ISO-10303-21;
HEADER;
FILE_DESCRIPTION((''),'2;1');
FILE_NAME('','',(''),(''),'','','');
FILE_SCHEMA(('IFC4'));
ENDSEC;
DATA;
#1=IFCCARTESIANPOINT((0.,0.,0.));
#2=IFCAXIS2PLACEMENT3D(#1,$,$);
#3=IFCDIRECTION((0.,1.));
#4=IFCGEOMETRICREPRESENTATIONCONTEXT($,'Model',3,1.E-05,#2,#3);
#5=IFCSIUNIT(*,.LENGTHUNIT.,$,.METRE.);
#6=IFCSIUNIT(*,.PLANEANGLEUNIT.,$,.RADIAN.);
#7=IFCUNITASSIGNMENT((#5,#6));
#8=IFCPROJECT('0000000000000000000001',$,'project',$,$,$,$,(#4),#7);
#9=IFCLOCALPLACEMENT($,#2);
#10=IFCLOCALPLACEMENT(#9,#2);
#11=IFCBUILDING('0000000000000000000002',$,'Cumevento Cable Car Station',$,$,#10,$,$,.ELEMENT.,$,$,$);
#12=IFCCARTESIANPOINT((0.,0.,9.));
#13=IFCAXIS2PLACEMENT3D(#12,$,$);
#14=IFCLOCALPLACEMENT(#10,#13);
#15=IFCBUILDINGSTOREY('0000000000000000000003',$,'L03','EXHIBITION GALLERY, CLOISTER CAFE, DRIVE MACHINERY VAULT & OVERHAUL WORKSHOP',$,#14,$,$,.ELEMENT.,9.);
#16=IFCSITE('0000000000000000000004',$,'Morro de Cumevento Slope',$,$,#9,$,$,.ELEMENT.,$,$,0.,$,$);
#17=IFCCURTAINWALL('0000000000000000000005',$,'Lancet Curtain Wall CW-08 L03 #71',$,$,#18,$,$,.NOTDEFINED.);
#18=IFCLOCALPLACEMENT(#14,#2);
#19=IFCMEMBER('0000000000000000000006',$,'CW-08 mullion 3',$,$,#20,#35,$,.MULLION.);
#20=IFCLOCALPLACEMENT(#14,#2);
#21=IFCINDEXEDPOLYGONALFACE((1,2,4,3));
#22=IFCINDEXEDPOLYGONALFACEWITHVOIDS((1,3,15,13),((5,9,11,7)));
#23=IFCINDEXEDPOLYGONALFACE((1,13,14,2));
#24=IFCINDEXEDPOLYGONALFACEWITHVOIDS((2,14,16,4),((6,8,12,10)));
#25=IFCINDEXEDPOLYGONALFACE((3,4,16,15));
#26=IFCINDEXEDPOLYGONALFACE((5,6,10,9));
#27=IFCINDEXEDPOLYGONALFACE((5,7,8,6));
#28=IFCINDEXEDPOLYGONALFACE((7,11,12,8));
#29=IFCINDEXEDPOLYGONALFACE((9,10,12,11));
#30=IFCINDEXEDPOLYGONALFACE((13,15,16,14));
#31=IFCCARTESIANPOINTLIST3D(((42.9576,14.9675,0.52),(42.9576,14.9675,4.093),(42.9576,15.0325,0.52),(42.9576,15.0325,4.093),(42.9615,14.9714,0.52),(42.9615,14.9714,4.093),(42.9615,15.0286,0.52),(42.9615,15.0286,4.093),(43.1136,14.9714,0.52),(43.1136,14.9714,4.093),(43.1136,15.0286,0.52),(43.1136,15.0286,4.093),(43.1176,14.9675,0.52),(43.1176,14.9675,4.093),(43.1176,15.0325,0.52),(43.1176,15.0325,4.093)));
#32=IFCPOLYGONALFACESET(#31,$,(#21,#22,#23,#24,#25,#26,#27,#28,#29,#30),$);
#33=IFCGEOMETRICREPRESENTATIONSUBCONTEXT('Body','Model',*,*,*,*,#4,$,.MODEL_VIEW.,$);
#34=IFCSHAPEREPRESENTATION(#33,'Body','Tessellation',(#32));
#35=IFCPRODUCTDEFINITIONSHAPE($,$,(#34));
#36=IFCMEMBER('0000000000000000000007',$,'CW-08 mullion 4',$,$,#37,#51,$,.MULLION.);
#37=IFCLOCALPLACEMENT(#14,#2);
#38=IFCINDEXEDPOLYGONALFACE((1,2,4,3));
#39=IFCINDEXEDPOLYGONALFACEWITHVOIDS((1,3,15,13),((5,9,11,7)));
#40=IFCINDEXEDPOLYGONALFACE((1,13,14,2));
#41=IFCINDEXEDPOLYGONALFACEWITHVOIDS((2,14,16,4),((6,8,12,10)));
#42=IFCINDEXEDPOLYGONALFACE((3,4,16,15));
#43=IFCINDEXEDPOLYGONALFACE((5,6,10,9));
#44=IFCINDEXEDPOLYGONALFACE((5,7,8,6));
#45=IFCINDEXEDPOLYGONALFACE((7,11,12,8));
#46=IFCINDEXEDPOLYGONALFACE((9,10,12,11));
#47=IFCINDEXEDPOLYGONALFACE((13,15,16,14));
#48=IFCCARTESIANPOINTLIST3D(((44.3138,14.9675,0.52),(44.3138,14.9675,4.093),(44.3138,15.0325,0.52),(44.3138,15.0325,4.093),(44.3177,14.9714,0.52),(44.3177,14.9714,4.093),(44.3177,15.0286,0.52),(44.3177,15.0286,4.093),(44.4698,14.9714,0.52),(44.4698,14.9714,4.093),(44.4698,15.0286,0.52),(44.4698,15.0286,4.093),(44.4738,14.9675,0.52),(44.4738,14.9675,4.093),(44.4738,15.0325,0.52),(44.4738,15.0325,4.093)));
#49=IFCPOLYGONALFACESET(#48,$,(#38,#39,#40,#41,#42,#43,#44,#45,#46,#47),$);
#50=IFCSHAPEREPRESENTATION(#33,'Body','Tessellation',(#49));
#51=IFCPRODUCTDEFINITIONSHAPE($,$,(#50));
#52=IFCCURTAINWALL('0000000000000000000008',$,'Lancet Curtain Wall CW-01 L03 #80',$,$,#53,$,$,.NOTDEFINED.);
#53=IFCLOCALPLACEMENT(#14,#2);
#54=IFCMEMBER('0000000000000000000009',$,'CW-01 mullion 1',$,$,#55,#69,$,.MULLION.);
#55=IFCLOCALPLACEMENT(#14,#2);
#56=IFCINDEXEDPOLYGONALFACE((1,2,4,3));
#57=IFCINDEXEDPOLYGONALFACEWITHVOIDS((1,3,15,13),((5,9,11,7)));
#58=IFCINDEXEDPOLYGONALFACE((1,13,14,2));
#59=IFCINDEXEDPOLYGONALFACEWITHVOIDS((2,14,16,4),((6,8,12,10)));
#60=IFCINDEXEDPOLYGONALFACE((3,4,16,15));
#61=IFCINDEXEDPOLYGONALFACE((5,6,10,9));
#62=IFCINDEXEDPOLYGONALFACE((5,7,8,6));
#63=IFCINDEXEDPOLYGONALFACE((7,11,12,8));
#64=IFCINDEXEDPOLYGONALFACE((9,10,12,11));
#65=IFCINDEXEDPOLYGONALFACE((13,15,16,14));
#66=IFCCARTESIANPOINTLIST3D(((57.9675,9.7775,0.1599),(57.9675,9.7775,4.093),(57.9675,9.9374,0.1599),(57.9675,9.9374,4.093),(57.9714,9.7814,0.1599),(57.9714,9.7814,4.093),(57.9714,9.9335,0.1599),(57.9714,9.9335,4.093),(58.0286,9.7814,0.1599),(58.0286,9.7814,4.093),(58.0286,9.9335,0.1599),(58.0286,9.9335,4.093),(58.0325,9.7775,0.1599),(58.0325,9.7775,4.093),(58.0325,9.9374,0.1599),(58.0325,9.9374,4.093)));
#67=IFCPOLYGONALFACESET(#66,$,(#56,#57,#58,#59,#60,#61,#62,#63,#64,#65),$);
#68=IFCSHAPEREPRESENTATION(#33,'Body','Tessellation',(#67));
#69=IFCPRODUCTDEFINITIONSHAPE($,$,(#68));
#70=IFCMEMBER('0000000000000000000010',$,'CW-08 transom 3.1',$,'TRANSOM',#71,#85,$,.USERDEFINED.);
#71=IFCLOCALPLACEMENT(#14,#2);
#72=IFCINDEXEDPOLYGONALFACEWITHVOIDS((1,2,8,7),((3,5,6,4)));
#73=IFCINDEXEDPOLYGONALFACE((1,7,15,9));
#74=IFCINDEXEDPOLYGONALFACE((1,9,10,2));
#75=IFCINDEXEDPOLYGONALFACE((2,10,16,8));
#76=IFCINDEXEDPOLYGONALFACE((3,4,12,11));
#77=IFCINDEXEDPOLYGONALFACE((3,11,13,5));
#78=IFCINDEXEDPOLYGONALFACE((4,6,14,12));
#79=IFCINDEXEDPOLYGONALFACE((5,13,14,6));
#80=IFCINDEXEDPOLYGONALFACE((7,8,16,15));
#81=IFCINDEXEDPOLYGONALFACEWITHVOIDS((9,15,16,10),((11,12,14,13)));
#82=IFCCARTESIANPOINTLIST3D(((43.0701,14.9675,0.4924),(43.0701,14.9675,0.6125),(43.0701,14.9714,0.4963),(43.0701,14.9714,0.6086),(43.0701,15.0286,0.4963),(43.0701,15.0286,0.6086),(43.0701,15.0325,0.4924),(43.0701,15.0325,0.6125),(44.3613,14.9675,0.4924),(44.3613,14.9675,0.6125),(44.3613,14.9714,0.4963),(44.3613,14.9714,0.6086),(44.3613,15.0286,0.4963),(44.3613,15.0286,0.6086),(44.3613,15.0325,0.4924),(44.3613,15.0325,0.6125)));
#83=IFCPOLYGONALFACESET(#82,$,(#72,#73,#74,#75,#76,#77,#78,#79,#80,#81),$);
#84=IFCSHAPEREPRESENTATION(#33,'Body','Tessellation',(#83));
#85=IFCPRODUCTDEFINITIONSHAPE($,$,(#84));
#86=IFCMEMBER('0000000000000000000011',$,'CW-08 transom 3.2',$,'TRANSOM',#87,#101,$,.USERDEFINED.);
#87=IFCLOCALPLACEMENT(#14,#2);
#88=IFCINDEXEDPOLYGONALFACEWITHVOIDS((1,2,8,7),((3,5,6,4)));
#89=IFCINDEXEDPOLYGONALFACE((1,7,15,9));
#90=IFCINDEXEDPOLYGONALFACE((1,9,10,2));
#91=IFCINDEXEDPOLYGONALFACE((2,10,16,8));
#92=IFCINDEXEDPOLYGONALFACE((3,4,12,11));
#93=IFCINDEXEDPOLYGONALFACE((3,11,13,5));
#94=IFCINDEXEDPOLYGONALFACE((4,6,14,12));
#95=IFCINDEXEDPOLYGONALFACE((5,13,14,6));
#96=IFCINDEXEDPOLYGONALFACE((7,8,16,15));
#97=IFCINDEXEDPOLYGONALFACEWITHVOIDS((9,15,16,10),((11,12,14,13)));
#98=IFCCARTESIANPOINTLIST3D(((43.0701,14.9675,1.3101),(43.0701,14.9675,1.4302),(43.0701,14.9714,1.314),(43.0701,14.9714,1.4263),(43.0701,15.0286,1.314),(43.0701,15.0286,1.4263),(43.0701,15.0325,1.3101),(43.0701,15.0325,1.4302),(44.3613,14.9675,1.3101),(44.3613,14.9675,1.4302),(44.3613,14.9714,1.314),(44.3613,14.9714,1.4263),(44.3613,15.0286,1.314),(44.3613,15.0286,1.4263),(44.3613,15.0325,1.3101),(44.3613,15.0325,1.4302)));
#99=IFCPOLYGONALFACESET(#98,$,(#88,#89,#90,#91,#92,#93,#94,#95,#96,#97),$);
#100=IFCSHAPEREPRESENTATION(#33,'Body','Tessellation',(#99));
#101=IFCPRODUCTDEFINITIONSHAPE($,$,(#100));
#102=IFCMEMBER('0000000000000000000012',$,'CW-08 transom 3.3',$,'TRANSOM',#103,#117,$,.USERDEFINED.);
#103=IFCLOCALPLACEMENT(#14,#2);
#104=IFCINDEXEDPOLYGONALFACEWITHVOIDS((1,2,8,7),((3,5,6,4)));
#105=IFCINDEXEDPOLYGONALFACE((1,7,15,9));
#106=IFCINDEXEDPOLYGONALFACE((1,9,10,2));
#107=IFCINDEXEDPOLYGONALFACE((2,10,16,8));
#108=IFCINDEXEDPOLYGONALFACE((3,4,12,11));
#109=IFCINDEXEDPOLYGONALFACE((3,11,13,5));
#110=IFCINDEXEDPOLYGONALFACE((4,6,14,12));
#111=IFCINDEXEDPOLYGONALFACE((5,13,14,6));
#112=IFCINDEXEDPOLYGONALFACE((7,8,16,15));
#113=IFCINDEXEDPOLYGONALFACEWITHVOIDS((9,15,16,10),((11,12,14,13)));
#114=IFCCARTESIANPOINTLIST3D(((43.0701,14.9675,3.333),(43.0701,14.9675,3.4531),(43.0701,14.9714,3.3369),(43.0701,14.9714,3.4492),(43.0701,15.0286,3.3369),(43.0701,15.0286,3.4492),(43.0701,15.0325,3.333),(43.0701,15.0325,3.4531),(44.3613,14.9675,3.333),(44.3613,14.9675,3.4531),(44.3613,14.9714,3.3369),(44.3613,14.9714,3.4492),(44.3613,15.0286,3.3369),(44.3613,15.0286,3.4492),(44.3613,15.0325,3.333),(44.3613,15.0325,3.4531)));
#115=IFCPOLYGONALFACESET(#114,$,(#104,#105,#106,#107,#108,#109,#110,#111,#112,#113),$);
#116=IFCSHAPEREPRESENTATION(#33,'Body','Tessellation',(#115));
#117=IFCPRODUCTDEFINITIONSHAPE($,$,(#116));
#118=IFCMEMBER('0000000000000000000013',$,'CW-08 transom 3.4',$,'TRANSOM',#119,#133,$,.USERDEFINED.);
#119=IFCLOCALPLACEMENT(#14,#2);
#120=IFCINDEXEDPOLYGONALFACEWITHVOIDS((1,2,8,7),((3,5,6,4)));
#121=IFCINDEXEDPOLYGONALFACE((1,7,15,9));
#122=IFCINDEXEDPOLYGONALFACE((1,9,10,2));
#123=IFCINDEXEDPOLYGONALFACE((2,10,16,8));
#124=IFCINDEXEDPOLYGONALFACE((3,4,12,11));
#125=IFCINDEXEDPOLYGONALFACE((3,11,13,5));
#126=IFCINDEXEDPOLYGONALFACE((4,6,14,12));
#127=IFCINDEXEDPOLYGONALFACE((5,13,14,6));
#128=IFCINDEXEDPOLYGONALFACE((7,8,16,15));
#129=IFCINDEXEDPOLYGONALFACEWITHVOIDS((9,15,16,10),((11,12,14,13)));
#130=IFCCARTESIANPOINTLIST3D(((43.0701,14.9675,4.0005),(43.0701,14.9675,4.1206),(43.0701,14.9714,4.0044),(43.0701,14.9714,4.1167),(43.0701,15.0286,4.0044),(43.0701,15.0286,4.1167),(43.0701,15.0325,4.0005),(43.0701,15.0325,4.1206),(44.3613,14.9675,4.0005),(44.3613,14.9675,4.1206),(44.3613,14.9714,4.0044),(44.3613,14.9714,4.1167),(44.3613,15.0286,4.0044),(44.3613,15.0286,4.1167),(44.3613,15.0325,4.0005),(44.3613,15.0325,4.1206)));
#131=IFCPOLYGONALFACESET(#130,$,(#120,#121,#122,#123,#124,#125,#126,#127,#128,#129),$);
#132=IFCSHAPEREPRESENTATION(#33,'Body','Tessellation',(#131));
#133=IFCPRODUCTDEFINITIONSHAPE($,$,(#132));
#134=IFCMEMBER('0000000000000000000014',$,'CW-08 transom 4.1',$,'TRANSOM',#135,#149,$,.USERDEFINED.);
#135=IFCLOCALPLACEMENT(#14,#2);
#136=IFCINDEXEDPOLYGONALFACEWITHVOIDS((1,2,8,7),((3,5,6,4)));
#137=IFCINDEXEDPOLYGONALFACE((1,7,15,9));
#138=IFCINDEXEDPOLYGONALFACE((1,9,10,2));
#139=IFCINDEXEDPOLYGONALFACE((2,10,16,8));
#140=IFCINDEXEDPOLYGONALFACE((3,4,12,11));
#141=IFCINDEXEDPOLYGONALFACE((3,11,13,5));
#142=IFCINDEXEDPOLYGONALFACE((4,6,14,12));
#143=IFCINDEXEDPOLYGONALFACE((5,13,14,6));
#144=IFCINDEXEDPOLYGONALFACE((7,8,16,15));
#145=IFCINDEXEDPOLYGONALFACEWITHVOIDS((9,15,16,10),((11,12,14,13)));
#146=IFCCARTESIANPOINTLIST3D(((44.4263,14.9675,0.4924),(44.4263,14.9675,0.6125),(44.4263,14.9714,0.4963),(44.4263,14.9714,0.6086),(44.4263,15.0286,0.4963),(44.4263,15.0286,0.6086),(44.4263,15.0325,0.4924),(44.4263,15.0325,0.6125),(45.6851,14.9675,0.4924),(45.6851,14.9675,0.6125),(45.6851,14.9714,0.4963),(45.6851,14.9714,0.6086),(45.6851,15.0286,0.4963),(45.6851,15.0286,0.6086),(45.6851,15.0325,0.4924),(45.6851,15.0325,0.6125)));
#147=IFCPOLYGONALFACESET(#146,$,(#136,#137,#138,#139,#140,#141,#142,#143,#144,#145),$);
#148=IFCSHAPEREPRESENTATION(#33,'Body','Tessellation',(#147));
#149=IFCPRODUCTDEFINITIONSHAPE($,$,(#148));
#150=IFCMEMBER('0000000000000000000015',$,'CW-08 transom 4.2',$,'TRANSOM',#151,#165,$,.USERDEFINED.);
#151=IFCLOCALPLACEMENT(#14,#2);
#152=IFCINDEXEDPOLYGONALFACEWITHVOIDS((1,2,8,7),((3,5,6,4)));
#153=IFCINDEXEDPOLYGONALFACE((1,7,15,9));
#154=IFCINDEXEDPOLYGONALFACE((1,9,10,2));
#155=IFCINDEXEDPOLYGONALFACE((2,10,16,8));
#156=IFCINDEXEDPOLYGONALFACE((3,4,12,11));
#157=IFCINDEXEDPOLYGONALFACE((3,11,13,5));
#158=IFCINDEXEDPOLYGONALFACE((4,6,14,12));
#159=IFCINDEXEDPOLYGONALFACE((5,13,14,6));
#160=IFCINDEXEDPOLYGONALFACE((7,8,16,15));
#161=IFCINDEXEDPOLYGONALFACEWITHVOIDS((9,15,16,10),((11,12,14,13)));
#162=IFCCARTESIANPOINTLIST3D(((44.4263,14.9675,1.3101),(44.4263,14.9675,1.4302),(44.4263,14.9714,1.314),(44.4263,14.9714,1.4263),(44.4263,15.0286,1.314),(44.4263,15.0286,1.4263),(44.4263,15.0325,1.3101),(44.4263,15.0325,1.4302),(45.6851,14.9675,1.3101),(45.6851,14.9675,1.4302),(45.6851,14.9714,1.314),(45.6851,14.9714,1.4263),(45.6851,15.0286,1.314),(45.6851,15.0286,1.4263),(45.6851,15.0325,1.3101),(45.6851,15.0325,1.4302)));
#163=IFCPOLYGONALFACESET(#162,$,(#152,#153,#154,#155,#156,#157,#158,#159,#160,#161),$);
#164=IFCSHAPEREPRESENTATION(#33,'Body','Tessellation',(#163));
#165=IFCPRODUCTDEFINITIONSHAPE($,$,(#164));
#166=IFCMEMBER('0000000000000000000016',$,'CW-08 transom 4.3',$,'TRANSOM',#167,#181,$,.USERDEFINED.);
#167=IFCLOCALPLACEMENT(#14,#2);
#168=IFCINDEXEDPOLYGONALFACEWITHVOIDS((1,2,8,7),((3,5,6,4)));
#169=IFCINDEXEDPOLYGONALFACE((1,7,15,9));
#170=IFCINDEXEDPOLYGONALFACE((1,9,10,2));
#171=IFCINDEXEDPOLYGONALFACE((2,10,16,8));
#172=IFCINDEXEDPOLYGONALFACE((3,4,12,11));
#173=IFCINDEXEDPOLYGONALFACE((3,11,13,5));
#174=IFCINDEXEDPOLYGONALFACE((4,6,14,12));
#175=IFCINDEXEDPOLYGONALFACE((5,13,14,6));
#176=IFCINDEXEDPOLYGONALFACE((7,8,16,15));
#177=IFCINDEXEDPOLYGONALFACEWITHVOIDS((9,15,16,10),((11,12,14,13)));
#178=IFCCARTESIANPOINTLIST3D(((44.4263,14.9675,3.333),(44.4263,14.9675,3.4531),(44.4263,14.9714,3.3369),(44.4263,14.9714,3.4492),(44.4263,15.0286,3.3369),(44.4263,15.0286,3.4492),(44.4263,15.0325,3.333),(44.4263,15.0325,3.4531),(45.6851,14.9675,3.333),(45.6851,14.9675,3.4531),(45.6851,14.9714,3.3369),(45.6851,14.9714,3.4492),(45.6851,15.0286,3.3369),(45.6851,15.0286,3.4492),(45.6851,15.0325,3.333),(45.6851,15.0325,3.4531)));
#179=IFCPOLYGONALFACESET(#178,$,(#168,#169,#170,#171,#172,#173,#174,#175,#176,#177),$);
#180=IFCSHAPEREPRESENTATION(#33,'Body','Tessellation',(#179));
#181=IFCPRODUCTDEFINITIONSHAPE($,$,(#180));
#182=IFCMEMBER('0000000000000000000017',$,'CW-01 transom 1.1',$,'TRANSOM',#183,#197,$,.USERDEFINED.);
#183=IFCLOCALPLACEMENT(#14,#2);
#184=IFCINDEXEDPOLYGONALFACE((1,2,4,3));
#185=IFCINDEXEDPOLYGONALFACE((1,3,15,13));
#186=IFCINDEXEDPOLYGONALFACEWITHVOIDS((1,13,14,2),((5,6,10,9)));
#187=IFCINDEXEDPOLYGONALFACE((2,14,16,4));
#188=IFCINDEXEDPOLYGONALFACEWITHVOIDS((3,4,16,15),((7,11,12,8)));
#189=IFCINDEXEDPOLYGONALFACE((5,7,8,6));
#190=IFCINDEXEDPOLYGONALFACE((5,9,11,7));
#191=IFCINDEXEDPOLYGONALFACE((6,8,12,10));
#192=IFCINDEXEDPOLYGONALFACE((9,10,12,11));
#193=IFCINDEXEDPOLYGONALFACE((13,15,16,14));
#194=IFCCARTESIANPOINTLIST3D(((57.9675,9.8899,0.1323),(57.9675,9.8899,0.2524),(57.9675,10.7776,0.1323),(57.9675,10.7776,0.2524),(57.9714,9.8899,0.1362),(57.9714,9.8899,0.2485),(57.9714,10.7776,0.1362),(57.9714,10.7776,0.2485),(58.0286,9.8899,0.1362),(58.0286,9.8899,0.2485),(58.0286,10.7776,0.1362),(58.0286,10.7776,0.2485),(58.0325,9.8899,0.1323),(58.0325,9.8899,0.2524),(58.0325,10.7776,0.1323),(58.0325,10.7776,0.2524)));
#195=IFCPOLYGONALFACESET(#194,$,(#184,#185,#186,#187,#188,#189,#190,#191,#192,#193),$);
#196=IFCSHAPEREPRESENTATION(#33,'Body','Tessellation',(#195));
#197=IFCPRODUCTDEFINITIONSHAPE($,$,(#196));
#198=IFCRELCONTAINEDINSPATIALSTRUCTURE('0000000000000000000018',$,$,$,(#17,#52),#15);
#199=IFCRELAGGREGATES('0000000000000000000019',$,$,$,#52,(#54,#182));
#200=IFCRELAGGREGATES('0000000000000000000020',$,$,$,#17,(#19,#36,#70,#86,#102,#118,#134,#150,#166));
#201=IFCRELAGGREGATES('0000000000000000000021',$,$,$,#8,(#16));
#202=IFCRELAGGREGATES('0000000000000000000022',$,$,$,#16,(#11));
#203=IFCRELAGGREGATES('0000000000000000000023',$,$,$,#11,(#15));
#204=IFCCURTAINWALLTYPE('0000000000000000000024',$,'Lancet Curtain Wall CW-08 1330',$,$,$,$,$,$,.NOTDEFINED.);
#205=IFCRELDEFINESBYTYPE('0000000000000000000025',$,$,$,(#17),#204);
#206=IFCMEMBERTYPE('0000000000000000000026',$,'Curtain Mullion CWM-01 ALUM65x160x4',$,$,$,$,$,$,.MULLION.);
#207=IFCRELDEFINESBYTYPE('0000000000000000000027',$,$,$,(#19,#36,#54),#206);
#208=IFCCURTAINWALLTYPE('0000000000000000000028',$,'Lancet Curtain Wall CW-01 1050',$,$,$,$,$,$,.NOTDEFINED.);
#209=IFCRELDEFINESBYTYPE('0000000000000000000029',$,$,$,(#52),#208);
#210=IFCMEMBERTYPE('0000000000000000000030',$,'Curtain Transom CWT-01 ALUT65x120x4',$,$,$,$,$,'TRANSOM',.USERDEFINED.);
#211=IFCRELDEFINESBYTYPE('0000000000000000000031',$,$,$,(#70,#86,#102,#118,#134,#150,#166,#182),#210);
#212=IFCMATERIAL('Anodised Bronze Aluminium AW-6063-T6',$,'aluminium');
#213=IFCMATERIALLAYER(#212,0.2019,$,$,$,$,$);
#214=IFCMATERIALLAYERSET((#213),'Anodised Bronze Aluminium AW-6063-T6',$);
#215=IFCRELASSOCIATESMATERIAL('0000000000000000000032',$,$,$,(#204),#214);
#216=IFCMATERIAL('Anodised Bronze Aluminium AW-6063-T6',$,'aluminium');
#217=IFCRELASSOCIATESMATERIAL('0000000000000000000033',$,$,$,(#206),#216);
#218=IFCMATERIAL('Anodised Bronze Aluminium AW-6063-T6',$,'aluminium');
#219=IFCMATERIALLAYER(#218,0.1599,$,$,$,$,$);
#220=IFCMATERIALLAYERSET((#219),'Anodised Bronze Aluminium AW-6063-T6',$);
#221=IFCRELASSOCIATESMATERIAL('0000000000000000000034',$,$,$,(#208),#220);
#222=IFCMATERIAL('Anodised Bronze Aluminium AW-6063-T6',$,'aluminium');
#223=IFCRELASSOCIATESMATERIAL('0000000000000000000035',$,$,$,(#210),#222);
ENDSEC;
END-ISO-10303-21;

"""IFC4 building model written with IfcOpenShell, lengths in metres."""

from ifc_helpers import new_model, si_unit, direction, frame, origin, origin_2d, place, context, subcontext, project, spatial, hollow_rectangle, extrude, material, layer, layer_set, material_profile, profile_set, type_object, element, aggregate, save


model = new_model("IFC4")

# Units and contexts
model_context = context("Model", 3, precision=1e-05, world=origin(), true_north=direction((0.0, 1.0)))
body_context = subcontext(model_context, "Body", "Model", "MODEL_VIEW")
ifc_project = project(units=[si_unit("LENGTHUNIT", "METRE"), si_unit("PLANEANGLEUNIT", "RADIAN")], contexts=[model_context])

# Site, building, storey
site_placement = place(None, origin())
site = spatial("IfcSite", under=ifc_project, at=site_placement, Name="Morro de Cumevento Slope", CompositionType="ELEMENT", RefElevation=0.0)
building_placement = place(site_placement, origin())
building = spatial("IfcBuilding", under=site, at=building_placement, Name="Cumevento Cable Car Station", CompositionType="ELEMENT")
storey_placement = place(building_placement, frame((0.0, 0.0, 9.0)))
storey = spatial("IfcBuildingStorey", under=building, at=storey_placement, Name="L03", Description="EXHIBITION GALLERY, CLOISTER CAFE, DRIVE MACHINERY VAULT & OVERHAUL WORKSHOP", CompositionType="ELEMENT", Elevation=9.0)

# Curtain wall, members
ifc_material_1 = material(Name="Anodised Bronze Aluminium AW-6063-T6", Category="aluminium")
ifc_layer_1 = layer(ifc_material_1, 0.2019)
ifc_layer_set_1 = layer_set([ifc_layer_1], Name="Anodised Bronze Aluminium AW-6063-T6")
curtain_wall_type_1 = type_object("IfcCurtainWallType", Name="Lancet Curtain Wall CW-08 1330", PredefinedType="NOTDEFINED", material=ifc_layer_set_1)
curtain_wall_1_placement = place(storey_placement, origin())
curtain_wall_1 = element("IfcCurtainWall", 1, at=curtain_wall_1_placement, inside=storey, type_object=curtain_wall_type_1, Name="Lancet Curtain Wall CW-08 L03 #71", PredefinedType="NOTDEFINED")
ifc_material_2 = material(Name="Anodised Bronze Aluminium AW-6063-T6", Category="aluminium")
ifc_material_profile_1 = material_profile(ifc_material_2, hollow_rectangle(XDim=0.0649, YDim=0.1599, WallThickness=0.0039, at=origin_2d()), Name="ALUM65x160x4")
ifc_profile_set_1 = profile_set([ifc_material_profile_1], Name="Anodised Bronze Aluminium AW-6063-T6")
member_type_1 = type_object("IfcMemberType", Name="Curtain Mullion CWM-01 ALUM65x160x4", PredefinedType="MULLION", material=ifc_profile_set_1)
member_1_placement = place(storey_placement, frame((43.0376, 15.0, 0.52), z_axis=(0.0, 0.0, 1.0), x_axis=(0.0, 1.0, 0.0)))
member_1 = element("IfcMember", 2, at=member_1_placement, type_object=member_type_1, Name="CW-08 mullion 3", PredefinedType="MULLION", context=body_context, shape_type="SweptSolid", body=[
    extrude(hollow_rectangle(XDim=0.0649, YDim=0.1599, WallThickness=0.0039, at=origin_2d()), origin(), (0.0, 0.0, 1.0), 3.573),
])
member_2_placement = place(storey_placement, frame((44.3938, 15.0, 0.52), z_axis=(0.0, 0.0, 1.0), x_axis=(0.0, 1.0, 0.0)))
member_2 = element("IfcMember", 3, at=member_2_placement, type_object=member_type_1, Name="CW-08 mullion 4", PredefinedType="MULLION", context=body_context, shape_type="SweptSolid", body=[
    extrude(hollow_rectangle(XDim=0.0649, YDim=0.1599, WallThickness=0.0039, at=origin_2d()), origin(), (0.0, 0.0, 1.0), 3.573),
])

# Curtain wall, member
ifc_material_3 = material(Name="Anodised Bronze Aluminium AW-6063-T6", Category="aluminium")
ifc_layer_2 = layer(ifc_material_3, 0.1599)
ifc_layer_set_2 = layer_set([ifc_layer_2], Name="Anodised Bronze Aluminium AW-6063-T6")
curtain_wall_type_2 = type_object("IfcCurtainWallType", Name="Lancet Curtain Wall CW-01 1050", PredefinedType="NOTDEFINED", material=ifc_layer_set_2)
curtain_wall_2_placement = place(storey_placement, origin())
curtain_wall_2 = element("IfcCurtainWall", 4, at=curtain_wall_2_placement, inside=storey, type_object=curtain_wall_type_2, Name="Lancet Curtain Wall CW-01 L03 #80", PredefinedType="NOTDEFINED")
member_3_placement = place(storey_placement, frame((58.0, 9.8574, 0.1599), z_axis=(0.0, 0.0, 1.0), x_axis=(-1.0, 0.0, 0.0)))
member_3 = element("IfcMember", 5, at=member_3_placement, type_object=member_type_1, Name="CW-01 mullion 1", PredefinedType="MULLION", context=body_context, shape_type="SweptSolid", body=[
    extrude(hollow_rectangle(XDim=0.0649, YDim=0.1599, WallThickness=0.0039, at=origin_2d()), origin(), (0.0, 0.0, 1.0), 3.9331),
])

# Members
ifc_material_4 = material(Name="Anodised Bronze Aluminium AW-6063-T6", Category="aluminium")
ifc_material_profile_2 = material_profile(ifc_material_4, hollow_rectangle(XDim=0.0649, YDim=0.1201, WallThickness=0.0039, at=origin_2d()), Name="ALUT65x120x4")
ifc_profile_set_2 = profile_set([ifc_material_profile_2], Name="Anodised Bronze Aluminium AW-6063-T6")
member_type_2 = type_object("IfcMemberType", Name="Curtain Transom CWT-01 ALUT65x120x4", ElementType="TRANSOM", PredefinedType="USERDEFINED", material=ifc_profile_set_2)
member_4_placement = place(storey_placement, frame((43.0701, 15.0, 0.5525), z_axis=(1.0, 0.0, 0.0), x_axis=(0.0, 1.0, 0.0)))
member_4 = element("IfcMember", 6, at=member_4_placement, type_object=member_type_2, Name="CW-08 transom 3.1", ObjectType="TRANSOM", PredefinedType="USERDEFINED", context=body_context, shape_type="SweptSolid", body=[
    extrude(hollow_rectangle(XDim=0.0649, YDim=0.1201, WallThickness=0.0039, at=origin_2d()), origin(), (0.0, 0.0, 1.0), 1.2913),
])
member_5_placement = place(storey_placement, frame((43.0701, 15.0, 1.3701), z_axis=(1.0, 0.0, 0.0), x_axis=(0.0, 1.0, 0.0)))
member_5 = element("IfcMember", 7, at=member_5_placement, type_object=member_type_2, Name="CW-08 transom 3.2", ObjectType="TRANSOM", PredefinedType="USERDEFINED", context=body_context, shape_type="SweptSolid", body=[
    extrude(hollow_rectangle(XDim=0.0649, YDim=0.1201, WallThickness=0.0039, at=origin_2d()), origin(), (0.0, 0.0, 1.0), 1.2913),
])
member_6_placement = place(storey_placement, frame((43.0701, 15.0, 3.3931), z_axis=(1.0, 0.0, 0.0), x_axis=(0.0, 1.0, 0.0)))
member_6 = element("IfcMember", 8, at=member_6_placement, type_object=member_type_2, Name="CW-08 transom 3.3", ObjectType="TRANSOM", PredefinedType="USERDEFINED", context=body_context, shape_type="SweptSolid", body=[
    extrude(hollow_rectangle(XDim=0.0649, YDim=0.1201, WallThickness=0.0039, at=origin_2d()), origin(), (0.0, 0.0, 1.0), 1.2913),
])
member_7_placement = place(storey_placement, frame((43.0701, 15.0, 4.0605), z_axis=(1.0, 0.0, 0.0), x_axis=(0.0, 1.0, 0.0)))
member_7 = element("IfcMember", 9, at=member_7_placement, type_object=member_type_2, Name="CW-08 transom 3.4", ObjectType="TRANSOM", PredefinedType="USERDEFINED", context=body_context, shape_type="SweptSolid", body=[
    extrude(hollow_rectangle(XDim=0.0649, YDim=0.1201, WallThickness=0.0039, at=origin_2d()), origin(), (0.0, 0.0, 1.0), 1.2913),
])
member_8_placement = place(storey_placement, frame((44.4263, 15.0, 0.5525), z_axis=(1.0, 0.0, 0.0), x_axis=(0.0, 1.0, 0.0)))
member_8 = element("IfcMember", 10, at=member_8_placement, type_object=member_type_2, Name="CW-08 transom 4.1", ObjectType="TRANSOM", PredefinedType="USERDEFINED", context=body_context, shape_type="SweptSolid", body=[
    extrude(hollow_rectangle(XDim=0.0649, YDim=0.1201, WallThickness=0.0039, at=origin_2d()), origin(), (0.0, 0.0, 1.0), 1.2588),
])
member_9_placement = place(storey_placement, frame((44.4263, 15.0, 1.3701), z_axis=(1.0, 0.0, 0.0), x_axis=(0.0, 1.0, 0.0)))
member_9 = element("IfcMember", 11, at=member_9_placement, type_object=member_type_2, Name="CW-08 transom 4.2", ObjectType="TRANSOM", PredefinedType="USERDEFINED", context=body_context, shape_type="SweptSolid", body=[
    extrude(hollow_rectangle(XDim=0.0649, YDim=0.1201, WallThickness=0.0039, at=origin_2d()), origin(), (0.0, 0.0, 1.0), 1.2588),
])
member_10_placement = place(storey_placement, frame((44.4263, 15.0, 3.3931), z_axis=(1.0, 0.0, 0.0), x_axis=(0.0, 1.0, 0.0)))
member_10 = element("IfcMember", 12, at=member_10_placement, type_object=member_type_2, Name="CW-08 transom 4.3", ObjectType="TRANSOM", PredefinedType="USERDEFINED", context=body_context, shape_type="SweptSolid", body=[
    extrude(hollow_rectangle(XDim=0.0649, YDim=0.1201, WallThickness=0.0039, at=origin_2d()), origin(), (0.0, 0.0, 1.0), 1.2588),
])
member_11_placement = place(storey_placement, frame((58.0, 9.8899, 0.1924), z_axis=(0.0, 1.0, 0.0), x_axis=(-1.0, 0.0, 0.0)))
member_11 = element("IfcMember", 13, at=member_11_placement, type_object=member_type_2, Name="CW-01 transom 1.1", ObjectType="TRANSOM", PredefinedType="USERDEFINED", context=body_context, shape_type="SweptSolid", body=[
    extrude(hollow_rectangle(XDim=0.0649, YDim=0.1201, WallThickness=0.0039, at=origin_2d()), origin(), (0.0, 0.0, 1.0), 0.8877),
])
aggregate(curtain_wall_2, [member_3, member_11])

aggregate(curtain_wall_1, [member_1, member_2, member_4, member_5, member_6, member_7, member_8, member_9, member_10])

save(model, "model.ifc")
